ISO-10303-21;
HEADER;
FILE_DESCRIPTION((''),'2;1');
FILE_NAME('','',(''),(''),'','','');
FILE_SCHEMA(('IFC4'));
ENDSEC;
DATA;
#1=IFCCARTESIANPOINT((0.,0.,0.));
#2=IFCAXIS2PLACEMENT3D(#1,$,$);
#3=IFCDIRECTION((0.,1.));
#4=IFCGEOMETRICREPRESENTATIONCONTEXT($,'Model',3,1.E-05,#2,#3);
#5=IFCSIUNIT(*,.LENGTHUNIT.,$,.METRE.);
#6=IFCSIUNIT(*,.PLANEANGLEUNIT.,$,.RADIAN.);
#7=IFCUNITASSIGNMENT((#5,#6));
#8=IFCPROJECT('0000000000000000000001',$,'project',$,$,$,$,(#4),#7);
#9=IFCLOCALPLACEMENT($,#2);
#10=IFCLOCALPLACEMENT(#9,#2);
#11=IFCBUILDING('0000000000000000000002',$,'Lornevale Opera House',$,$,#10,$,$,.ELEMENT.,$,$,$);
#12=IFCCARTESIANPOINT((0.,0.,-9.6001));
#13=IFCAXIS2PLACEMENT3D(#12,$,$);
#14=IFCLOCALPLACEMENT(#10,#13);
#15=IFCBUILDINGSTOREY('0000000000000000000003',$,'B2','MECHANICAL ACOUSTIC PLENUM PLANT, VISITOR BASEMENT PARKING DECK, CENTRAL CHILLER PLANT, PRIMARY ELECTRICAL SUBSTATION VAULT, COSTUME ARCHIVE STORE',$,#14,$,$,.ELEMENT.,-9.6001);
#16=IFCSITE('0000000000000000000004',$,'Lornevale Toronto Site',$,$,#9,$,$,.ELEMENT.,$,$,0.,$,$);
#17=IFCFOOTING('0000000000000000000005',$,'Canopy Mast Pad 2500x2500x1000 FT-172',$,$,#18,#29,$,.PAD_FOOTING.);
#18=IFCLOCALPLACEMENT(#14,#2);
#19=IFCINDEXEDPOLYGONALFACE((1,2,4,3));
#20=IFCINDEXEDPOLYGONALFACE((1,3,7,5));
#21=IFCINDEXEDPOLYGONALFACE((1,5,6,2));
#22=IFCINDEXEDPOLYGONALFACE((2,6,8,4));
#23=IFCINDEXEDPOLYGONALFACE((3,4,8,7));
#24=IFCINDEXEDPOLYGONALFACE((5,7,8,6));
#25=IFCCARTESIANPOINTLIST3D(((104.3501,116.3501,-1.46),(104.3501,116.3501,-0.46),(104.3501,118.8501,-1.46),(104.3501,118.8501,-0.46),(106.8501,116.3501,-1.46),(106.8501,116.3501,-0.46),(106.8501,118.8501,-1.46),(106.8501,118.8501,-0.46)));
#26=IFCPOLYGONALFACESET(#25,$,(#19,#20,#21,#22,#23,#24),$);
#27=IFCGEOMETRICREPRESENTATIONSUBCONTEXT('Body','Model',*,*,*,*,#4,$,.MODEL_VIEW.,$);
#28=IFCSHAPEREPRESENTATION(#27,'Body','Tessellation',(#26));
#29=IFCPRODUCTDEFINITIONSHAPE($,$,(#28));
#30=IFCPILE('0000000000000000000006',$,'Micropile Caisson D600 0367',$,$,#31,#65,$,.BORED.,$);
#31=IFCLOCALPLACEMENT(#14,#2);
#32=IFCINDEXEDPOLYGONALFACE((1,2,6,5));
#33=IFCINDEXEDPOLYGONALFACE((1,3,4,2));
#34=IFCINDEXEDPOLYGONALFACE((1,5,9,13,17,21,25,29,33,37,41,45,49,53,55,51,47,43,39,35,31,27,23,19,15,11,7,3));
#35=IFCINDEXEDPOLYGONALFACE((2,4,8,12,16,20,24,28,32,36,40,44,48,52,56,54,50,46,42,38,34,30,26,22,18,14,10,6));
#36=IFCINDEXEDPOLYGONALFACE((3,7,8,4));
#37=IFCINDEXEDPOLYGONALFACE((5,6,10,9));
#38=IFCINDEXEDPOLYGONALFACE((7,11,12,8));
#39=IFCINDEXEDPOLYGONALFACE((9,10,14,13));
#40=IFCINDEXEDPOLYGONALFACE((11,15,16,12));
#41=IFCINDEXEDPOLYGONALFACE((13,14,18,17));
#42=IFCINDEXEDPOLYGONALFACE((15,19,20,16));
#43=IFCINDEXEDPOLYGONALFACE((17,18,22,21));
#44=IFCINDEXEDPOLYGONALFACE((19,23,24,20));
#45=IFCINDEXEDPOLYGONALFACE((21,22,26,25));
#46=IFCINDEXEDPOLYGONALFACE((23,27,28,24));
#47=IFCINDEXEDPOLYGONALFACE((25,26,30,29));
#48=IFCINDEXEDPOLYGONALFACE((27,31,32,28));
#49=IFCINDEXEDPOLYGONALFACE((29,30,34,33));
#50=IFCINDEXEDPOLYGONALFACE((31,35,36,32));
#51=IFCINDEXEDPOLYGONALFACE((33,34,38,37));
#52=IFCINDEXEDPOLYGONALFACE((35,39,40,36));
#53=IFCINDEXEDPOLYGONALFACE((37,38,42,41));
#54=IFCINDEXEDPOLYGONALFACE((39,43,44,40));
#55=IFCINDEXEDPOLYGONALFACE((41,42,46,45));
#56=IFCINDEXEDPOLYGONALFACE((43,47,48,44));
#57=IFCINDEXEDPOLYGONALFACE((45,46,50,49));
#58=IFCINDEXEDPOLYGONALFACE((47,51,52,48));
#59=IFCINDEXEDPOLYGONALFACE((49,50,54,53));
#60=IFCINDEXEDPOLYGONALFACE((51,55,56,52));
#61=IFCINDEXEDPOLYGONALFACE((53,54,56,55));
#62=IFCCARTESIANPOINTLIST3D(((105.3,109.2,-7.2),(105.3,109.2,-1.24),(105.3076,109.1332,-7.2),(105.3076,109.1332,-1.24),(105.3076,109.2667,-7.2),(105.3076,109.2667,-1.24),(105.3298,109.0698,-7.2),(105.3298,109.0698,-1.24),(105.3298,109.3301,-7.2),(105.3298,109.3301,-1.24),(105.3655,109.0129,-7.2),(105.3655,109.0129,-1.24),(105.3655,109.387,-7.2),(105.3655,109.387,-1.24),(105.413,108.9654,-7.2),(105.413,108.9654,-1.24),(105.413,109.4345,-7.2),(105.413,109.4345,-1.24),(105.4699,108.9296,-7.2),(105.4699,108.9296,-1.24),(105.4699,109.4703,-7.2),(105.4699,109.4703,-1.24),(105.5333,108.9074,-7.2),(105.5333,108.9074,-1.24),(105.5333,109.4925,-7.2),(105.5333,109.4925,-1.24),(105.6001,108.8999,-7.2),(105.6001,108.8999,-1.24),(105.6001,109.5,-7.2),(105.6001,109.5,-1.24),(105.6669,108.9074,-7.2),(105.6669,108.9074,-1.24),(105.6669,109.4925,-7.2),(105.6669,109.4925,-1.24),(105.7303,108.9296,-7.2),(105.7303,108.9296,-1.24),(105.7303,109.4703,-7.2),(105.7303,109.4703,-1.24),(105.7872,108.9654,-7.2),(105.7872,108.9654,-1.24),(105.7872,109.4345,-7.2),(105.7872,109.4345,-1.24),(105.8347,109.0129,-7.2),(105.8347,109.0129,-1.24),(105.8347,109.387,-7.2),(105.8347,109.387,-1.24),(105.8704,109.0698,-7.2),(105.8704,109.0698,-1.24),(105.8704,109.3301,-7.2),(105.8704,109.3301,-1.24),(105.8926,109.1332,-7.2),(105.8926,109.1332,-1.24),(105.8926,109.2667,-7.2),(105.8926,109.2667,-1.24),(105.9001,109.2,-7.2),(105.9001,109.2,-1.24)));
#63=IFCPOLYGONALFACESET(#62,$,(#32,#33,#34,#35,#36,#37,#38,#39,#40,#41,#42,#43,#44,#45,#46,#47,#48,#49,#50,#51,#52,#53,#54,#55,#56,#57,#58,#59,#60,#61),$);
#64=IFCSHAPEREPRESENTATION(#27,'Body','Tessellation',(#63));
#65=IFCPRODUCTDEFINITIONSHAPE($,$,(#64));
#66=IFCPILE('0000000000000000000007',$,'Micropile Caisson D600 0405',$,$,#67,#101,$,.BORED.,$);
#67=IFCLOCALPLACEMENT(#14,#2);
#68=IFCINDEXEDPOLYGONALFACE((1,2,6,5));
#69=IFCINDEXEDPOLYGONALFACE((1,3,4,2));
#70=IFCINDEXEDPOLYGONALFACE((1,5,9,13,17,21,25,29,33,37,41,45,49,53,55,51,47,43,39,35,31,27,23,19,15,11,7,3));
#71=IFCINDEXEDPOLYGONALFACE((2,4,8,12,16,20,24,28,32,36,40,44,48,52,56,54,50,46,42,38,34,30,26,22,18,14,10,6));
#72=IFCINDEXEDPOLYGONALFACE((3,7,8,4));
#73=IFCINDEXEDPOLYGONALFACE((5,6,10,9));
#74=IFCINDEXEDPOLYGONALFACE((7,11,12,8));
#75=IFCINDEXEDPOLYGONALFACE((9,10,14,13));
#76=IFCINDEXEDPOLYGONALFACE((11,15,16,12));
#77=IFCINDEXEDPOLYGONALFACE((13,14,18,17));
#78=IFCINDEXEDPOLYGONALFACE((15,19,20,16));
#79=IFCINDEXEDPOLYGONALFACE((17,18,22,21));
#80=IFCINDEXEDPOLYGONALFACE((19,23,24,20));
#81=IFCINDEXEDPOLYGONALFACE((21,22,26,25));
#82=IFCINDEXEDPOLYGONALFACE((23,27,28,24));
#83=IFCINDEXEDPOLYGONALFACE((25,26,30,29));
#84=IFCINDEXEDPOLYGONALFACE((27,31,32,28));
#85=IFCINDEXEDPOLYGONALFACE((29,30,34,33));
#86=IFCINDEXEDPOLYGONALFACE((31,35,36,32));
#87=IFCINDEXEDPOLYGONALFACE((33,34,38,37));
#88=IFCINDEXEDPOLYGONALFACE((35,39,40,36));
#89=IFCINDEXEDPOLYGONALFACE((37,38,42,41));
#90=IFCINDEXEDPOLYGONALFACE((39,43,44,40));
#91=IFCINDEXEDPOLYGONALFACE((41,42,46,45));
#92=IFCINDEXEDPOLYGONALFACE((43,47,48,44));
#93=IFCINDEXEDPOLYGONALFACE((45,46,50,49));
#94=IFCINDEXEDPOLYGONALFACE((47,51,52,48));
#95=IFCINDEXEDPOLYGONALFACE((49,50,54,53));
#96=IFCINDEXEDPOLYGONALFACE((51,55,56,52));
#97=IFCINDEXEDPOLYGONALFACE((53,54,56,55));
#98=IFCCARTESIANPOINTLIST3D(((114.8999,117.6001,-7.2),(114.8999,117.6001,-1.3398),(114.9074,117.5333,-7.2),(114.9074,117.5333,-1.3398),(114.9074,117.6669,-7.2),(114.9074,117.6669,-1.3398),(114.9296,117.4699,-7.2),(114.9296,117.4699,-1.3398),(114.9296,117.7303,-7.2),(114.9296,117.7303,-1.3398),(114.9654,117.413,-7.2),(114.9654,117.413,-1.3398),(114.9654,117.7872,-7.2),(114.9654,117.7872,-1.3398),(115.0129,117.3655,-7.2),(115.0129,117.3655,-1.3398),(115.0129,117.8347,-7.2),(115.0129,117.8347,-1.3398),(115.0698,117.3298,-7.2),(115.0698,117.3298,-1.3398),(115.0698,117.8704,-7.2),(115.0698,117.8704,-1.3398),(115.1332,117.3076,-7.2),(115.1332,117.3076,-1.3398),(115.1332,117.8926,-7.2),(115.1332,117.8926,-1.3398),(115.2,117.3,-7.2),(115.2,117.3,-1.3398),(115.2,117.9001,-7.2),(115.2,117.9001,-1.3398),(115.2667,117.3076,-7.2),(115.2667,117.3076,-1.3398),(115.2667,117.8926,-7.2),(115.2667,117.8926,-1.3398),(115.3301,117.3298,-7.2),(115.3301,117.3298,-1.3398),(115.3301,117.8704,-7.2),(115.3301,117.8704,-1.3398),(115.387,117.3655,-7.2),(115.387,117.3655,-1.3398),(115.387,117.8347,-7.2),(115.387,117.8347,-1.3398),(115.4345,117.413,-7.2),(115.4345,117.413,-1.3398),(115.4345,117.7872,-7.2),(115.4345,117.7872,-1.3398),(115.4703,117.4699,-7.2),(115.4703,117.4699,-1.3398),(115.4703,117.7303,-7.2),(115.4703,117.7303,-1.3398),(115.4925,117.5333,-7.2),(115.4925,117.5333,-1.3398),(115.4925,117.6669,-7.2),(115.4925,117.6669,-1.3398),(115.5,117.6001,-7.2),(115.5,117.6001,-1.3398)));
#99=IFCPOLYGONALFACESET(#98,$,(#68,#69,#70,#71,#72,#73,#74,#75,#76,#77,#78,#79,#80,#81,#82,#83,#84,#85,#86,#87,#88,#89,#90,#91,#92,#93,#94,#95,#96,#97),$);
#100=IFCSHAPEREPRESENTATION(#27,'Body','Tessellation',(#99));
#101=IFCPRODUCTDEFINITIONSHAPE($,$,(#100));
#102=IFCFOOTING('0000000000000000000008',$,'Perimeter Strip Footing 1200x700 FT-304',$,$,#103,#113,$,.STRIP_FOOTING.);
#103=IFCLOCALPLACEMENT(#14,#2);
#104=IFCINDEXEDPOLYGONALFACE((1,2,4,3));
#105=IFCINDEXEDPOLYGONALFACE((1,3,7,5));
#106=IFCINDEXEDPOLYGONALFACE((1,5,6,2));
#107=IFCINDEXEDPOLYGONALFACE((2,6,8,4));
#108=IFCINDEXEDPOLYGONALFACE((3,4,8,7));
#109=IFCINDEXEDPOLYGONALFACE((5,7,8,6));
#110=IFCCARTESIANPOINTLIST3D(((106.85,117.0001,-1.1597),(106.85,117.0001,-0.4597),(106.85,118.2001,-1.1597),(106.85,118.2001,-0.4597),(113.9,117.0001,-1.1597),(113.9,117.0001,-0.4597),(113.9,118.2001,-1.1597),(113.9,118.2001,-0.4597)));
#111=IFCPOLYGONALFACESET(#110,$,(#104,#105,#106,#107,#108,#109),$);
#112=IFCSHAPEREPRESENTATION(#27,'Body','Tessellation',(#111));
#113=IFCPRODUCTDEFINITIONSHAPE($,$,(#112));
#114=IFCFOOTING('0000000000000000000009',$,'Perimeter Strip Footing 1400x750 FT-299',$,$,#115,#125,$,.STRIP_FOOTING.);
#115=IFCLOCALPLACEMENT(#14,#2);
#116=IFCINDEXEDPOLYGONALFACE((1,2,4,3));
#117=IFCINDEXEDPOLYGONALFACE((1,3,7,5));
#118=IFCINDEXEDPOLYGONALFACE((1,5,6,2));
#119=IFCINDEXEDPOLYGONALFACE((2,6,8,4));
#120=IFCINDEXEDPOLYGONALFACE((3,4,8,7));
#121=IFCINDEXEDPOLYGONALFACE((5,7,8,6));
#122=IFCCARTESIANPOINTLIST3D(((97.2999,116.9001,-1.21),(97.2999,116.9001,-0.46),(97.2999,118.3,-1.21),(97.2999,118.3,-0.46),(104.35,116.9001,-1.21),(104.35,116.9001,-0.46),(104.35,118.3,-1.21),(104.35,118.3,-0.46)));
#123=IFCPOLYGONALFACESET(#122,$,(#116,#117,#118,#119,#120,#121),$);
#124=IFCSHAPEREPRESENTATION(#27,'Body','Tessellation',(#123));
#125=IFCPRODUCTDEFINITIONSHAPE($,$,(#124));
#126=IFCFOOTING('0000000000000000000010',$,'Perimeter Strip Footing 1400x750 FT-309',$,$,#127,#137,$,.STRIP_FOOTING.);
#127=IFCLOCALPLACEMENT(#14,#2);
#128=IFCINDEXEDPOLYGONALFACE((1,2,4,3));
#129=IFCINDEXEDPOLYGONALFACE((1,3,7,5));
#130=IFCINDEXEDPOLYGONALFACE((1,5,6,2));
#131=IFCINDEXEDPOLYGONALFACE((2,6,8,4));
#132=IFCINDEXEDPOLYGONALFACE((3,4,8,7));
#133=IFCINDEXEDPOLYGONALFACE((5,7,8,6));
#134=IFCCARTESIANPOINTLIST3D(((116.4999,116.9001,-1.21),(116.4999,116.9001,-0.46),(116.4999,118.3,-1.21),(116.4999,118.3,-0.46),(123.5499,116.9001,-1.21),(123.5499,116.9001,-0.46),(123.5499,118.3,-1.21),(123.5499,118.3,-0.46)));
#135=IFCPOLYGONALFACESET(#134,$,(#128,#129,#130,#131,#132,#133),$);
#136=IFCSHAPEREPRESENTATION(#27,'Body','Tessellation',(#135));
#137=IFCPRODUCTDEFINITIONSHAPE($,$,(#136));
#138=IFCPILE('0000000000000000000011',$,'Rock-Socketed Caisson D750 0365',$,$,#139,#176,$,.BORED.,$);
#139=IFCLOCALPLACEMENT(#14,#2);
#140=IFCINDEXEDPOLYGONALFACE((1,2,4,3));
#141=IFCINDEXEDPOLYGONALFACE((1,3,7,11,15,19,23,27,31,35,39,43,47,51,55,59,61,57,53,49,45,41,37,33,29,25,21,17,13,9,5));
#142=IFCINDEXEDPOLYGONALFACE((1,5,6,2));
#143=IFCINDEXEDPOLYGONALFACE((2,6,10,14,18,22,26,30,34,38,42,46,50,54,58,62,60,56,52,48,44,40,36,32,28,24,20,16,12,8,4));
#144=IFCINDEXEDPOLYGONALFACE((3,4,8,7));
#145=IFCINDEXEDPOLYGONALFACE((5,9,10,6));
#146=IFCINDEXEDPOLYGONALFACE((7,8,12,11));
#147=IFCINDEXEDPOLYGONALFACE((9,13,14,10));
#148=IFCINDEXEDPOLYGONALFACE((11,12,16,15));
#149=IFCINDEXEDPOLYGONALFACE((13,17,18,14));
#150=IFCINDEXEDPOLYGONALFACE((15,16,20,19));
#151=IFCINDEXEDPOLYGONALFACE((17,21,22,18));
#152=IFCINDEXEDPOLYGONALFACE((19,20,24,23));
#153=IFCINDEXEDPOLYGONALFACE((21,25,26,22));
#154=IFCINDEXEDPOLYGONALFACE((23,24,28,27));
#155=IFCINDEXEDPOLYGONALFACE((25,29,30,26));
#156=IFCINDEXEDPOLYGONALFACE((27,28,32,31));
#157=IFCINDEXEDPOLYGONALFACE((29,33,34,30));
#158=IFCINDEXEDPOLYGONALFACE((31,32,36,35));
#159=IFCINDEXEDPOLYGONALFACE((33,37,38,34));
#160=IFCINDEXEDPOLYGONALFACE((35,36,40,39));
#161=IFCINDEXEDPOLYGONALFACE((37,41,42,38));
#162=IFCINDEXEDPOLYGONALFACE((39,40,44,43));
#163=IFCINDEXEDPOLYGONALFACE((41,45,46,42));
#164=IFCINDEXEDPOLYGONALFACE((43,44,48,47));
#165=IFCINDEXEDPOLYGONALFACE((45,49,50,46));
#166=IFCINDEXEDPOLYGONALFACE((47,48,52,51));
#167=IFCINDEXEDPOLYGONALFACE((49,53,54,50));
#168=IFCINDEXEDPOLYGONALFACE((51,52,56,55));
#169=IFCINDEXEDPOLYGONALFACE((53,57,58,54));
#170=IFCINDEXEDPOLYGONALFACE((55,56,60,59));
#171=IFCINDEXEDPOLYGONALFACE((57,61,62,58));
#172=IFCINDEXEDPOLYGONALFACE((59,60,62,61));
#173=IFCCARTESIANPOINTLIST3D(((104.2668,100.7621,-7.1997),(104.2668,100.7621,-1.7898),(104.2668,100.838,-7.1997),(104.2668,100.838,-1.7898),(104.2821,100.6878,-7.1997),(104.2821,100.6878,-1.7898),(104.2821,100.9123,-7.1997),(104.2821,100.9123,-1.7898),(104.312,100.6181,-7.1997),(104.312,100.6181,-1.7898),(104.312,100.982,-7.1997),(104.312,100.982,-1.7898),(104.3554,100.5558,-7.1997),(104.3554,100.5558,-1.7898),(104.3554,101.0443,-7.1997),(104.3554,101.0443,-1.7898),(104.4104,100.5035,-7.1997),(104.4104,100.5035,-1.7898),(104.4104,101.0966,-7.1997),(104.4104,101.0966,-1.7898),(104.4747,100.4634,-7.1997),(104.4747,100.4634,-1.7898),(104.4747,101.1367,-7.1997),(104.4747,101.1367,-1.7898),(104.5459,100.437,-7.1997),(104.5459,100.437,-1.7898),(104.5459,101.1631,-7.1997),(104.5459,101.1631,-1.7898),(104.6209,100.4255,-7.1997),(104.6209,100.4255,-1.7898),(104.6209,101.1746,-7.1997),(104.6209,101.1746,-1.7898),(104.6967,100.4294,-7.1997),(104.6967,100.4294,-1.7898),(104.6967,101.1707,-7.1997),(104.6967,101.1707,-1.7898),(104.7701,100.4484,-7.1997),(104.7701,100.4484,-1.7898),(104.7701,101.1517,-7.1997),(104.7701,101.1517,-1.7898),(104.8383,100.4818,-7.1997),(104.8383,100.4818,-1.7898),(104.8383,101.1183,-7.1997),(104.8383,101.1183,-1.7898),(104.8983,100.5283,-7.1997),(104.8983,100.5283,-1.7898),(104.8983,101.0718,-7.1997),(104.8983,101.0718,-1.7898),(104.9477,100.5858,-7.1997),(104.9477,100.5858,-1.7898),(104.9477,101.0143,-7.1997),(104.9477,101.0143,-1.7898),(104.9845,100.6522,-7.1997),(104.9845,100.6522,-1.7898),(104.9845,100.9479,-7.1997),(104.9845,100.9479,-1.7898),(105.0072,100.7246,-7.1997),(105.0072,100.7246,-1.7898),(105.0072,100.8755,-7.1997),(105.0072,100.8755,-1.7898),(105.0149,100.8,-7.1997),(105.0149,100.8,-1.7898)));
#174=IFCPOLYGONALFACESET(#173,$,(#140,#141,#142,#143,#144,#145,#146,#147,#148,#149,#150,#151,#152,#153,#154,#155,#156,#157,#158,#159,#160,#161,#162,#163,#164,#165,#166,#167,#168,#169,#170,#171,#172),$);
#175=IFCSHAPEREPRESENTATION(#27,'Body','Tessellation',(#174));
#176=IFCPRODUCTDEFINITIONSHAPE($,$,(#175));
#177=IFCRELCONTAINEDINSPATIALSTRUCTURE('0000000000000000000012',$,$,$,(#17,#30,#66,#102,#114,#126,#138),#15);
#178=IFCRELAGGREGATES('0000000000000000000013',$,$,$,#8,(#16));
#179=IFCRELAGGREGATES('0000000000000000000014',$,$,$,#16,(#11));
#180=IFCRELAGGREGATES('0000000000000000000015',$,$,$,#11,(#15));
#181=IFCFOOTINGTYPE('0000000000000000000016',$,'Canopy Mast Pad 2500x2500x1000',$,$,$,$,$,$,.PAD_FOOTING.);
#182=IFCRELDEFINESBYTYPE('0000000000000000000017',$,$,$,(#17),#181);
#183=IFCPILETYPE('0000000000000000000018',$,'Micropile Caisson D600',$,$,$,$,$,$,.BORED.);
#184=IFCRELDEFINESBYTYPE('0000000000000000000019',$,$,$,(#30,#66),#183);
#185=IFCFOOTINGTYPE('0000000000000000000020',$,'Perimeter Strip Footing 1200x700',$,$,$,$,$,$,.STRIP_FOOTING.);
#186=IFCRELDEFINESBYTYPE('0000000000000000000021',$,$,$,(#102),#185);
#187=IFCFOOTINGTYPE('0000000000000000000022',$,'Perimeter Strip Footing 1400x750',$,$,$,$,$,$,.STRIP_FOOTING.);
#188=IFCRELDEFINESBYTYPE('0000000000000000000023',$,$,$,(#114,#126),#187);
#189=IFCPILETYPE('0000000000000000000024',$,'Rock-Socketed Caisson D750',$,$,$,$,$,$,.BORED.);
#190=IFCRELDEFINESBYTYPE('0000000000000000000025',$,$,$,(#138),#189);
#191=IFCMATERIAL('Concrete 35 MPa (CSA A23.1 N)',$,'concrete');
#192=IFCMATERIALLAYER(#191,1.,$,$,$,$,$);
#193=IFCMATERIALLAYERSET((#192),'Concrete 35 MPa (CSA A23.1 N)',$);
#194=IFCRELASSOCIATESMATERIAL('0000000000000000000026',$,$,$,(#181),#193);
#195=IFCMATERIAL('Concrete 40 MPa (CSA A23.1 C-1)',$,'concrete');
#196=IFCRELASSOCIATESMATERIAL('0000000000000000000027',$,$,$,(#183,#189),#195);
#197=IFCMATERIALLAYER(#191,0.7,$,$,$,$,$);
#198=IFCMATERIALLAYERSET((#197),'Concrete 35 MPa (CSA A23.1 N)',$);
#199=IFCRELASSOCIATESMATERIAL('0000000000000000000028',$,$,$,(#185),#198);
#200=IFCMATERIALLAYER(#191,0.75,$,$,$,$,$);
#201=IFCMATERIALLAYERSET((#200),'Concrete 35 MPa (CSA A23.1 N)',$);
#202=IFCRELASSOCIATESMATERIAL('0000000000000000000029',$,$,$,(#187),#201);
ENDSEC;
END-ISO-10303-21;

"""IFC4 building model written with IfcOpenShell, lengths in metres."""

from ifc_helpers import new_model, si_unit, direction, frame, origin, origin_2d, place, context, subcontext, project, spatial, rectangle, circle, extrude, material, layer, layer_set, material_profile, profile_set, type_object, element, save


model = new_model("IFC4")

# Units and contexts
model_context = context("Model", 3, precision=1e-05, world=origin(), true_north=direction((0.0, 1.0)))
body_context = subcontext(model_context, "Body", "Model", "MODEL_VIEW")
ifc_project = project(units=[si_unit("LENGTHUNIT", "METRE"), si_unit("PLANEANGLEUNIT", "RADIAN")], contexts=[model_context])

# Site, building, storey
site_placement = place(None, origin())
site = spatial("IfcSite", under=ifc_project, at=site_placement, Name="Lornevale Toronto Site", CompositionType="ELEMENT", RefElevation=0.0)
building_placement = place(site_placement, origin())
building = spatial("IfcBuilding", under=site, at=building_placement, Name="Lornevale Opera House", CompositionType="ELEMENT")
storey_placement = place(building_placement, frame((0.0, 0.0, -9.6001)))
storey = spatial("IfcBuildingStorey", under=building, at=storey_placement, Name="B2", Description="MECHANICAL ACOUSTIC PLENUM PLANT, VISITOR BASEMENT PARKING DECK, CENTRAL CHILLER PLANT, PRIMARY ELECTRICAL SUBSTATION VAULT, COSTUME ARCHIVE STORE", CompositionType="ELEMENT", Elevation=-9.6001)

# Footing
ifc_material_1 = material(Name="Concrete 35 MPa (CSA A23.1 N)", Category="concrete")
ifc_layer_1 = layer(ifc_material_1, 1.0)
ifc_layer_set_1 = layer_set([ifc_layer_1], Name="Concrete 35 MPa (CSA A23.1 N)")
footing_type_1 = type_object("IfcFootingType", Name="Canopy Mast Pad 2500x2500x1000", PredefinedType="PAD_FOOTING", material=ifc_layer_set_1)
footing_1_placement = place(storey_placement, frame((105.6001, 117.6001, -1.46), z_axis=(0.0, 0.0, 1.0), x_axis=(1.0, 0.0, 0.0)))
element("IfcFooting", 1, at=footing_1_placement, inside=storey, type_object=footing_type_1, Name="Canopy Mast Pad 2500x2500x1000 FT-172", PredefinedType="PAD_FOOTING", context=body_context, shape_type="SweptSolid", body=[
    extrude(rectangle(XDim=2.5, YDim=2.5, at=origin_2d()), origin(), (0.0, 0.0, 1.0), 1.0),
])

# Piles
ifc_material_2 = material(Name="Concrete 40 MPa (CSA A23.1 C-1)", Category="concrete")
ifc_material_profile_1 = material_profile(ifc_material_2, circle(Radius=0.3, at=origin_2d()), Name="CAIS600")
ifc_profile_set_1 = profile_set([ifc_material_profile_1], Name="Concrete 40 MPa (CSA A23.1 C-1)")
pile_type_1 = type_object("IfcPileType", Name="Micropile Caisson D600", PredefinedType="BORED", material=ifc_profile_set_1)
pile_1_placement = place(storey_placement, frame((105.6001, 109.2, -1.24), z_axis=(0.0, 0.0, -1.0), x_axis=(1.0, 0.0, 0.0)))
element("IfcPile", 2, at=pile_1_placement, inside=storey, type_object=pile_type_1, Name="Micropile Caisson D600 0367", PredefinedType="BORED", context=body_context, shape_type="SweptSolid", body=[
    extrude(circle(Radius=0.3, at=origin_2d()), origin(), (0.0, 0.0, 1.0), 5.96),
])
pile_2_placement = place(storey_placement, frame((115.2, 117.6001, -1.3398), z_axis=(0.0, 0.0, -1.0), x_axis=(1.0, 0.0, 0.0)))
element("IfcPile", 3, at=pile_2_placement, inside=storey, type_object=pile_type_1, Name="Micropile Caisson D600 0405", PredefinedType="BORED", context=body_context, shape_type="SweptSolid", body=[
    extrude(circle(Radius=0.3, at=origin_2d()), origin(), (0.0, 0.0, 1.0), 5.8601),
])

# Footings
ifc_layer_2 = layer(ifc_material_1, 0.7)
ifc_layer_set_2 = layer_set([ifc_layer_2], Name="Concrete 35 MPa (CSA A23.1 N)")
footing_type_2 = type_object("IfcFootingType", Name="Perimeter Strip Footing 1200x700", PredefinedType="STRIP_FOOTING", material=ifc_layer_set_2)
footing_2_placement = place(storey_placement, frame((110.375, 117.6001, -1.1597), z_axis=(0.0, 0.0, 1.0), x_axis=(1.0, 0.0, 0.0)))
element("IfcFooting", 4, at=footing_2_placement, inside=storey, type_object=footing_type_2, Name="Perimeter Strip Footing 1200x700 FT-304", PredefinedType="STRIP_FOOTING", context=body_context, shape_type="SweptSolid", body=[
    extrude(rectangle(XDim=7.05, YDim=1.2, at=origin_2d()), origin(), (0.0, 0.0, 1.0), 0.7),
])
ifc_layer_3 = layer(ifc_material_1, 0.75)
ifc_layer_set_3 = layer_set([ifc_layer_3], Name="Concrete 35 MPa (CSA A23.1 N)")
footing_type_3 = type_object("IfcFootingType", Name="Perimeter Strip Footing 1400x750", PredefinedType="STRIP_FOOTING", material=ifc_layer_set_3)
for number, where, z_axis, x_axis, name in (
    (5, (100.825, 117.6001, -1.21), (0.0, 0.0, 1.0), (1.0, 0.0, 0.0), "Perimeter Strip Footing 1400x750 FT-299"),
    (6, (120.0249, 117.6001, -1.21), (0.0, 0.0, 1.0), (1.0, 0.0, 0.0), "Perimeter Strip Footing 1400x750 FT-309"),
):
    element("IfcFooting", number, at=place(storey_placement, frame(where, z_axis=z_axis, x_axis=x_axis)), inside=storey, type_object=footing_type_3, Name=name, PredefinedType="STRIP_FOOTING", context=body_context, shape_type="SweptSolid", body=[
        extrude(rectangle(XDim=7.05, YDim=1.3999, at=origin_2d()), origin(), (0.0, 0.0, 1.0), 0.75),
    ])

# Pile
ifc_material_profile_2 = material_profile(ifc_material_2, circle(Radius=0.375, at=origin_2d()), Name="CAIS750")
ifc_profile_set_2 = profile_set([ifc_material_profile_2], Name="Concrete 40 MPa (CSA A23.1 C-1)")
pile_type_2 = type_object("IfcPileType", Name="Rock-Socketed Caisson D750", PredefinedType="BORED", material=ifc_profile_set_2)
for number, where, z_axis, x_axis, name in (
    (7, (104.6399, 100.8, -1.7898), (0.0, 0.0, -1.0), (1.0, 0.0, 0.0), "Rock-Socketed Caisson D750 0365"),
):
    element("IfcPile", number, at=place(storey_placement, frame(where, z_axis=z_axis, x_axis=x_axis)), inside=storey, type_object=pile_type_2, Name=name, PredefinedType="BORED", context=body_context, shape_type="SweptSolid", body=[
        extrude(circle(Radius=0.375, at=origin_2d()), origin(), (0.0, 0.0, 1.0), 5.4099),
    ])

save(model, "model.ifc")
